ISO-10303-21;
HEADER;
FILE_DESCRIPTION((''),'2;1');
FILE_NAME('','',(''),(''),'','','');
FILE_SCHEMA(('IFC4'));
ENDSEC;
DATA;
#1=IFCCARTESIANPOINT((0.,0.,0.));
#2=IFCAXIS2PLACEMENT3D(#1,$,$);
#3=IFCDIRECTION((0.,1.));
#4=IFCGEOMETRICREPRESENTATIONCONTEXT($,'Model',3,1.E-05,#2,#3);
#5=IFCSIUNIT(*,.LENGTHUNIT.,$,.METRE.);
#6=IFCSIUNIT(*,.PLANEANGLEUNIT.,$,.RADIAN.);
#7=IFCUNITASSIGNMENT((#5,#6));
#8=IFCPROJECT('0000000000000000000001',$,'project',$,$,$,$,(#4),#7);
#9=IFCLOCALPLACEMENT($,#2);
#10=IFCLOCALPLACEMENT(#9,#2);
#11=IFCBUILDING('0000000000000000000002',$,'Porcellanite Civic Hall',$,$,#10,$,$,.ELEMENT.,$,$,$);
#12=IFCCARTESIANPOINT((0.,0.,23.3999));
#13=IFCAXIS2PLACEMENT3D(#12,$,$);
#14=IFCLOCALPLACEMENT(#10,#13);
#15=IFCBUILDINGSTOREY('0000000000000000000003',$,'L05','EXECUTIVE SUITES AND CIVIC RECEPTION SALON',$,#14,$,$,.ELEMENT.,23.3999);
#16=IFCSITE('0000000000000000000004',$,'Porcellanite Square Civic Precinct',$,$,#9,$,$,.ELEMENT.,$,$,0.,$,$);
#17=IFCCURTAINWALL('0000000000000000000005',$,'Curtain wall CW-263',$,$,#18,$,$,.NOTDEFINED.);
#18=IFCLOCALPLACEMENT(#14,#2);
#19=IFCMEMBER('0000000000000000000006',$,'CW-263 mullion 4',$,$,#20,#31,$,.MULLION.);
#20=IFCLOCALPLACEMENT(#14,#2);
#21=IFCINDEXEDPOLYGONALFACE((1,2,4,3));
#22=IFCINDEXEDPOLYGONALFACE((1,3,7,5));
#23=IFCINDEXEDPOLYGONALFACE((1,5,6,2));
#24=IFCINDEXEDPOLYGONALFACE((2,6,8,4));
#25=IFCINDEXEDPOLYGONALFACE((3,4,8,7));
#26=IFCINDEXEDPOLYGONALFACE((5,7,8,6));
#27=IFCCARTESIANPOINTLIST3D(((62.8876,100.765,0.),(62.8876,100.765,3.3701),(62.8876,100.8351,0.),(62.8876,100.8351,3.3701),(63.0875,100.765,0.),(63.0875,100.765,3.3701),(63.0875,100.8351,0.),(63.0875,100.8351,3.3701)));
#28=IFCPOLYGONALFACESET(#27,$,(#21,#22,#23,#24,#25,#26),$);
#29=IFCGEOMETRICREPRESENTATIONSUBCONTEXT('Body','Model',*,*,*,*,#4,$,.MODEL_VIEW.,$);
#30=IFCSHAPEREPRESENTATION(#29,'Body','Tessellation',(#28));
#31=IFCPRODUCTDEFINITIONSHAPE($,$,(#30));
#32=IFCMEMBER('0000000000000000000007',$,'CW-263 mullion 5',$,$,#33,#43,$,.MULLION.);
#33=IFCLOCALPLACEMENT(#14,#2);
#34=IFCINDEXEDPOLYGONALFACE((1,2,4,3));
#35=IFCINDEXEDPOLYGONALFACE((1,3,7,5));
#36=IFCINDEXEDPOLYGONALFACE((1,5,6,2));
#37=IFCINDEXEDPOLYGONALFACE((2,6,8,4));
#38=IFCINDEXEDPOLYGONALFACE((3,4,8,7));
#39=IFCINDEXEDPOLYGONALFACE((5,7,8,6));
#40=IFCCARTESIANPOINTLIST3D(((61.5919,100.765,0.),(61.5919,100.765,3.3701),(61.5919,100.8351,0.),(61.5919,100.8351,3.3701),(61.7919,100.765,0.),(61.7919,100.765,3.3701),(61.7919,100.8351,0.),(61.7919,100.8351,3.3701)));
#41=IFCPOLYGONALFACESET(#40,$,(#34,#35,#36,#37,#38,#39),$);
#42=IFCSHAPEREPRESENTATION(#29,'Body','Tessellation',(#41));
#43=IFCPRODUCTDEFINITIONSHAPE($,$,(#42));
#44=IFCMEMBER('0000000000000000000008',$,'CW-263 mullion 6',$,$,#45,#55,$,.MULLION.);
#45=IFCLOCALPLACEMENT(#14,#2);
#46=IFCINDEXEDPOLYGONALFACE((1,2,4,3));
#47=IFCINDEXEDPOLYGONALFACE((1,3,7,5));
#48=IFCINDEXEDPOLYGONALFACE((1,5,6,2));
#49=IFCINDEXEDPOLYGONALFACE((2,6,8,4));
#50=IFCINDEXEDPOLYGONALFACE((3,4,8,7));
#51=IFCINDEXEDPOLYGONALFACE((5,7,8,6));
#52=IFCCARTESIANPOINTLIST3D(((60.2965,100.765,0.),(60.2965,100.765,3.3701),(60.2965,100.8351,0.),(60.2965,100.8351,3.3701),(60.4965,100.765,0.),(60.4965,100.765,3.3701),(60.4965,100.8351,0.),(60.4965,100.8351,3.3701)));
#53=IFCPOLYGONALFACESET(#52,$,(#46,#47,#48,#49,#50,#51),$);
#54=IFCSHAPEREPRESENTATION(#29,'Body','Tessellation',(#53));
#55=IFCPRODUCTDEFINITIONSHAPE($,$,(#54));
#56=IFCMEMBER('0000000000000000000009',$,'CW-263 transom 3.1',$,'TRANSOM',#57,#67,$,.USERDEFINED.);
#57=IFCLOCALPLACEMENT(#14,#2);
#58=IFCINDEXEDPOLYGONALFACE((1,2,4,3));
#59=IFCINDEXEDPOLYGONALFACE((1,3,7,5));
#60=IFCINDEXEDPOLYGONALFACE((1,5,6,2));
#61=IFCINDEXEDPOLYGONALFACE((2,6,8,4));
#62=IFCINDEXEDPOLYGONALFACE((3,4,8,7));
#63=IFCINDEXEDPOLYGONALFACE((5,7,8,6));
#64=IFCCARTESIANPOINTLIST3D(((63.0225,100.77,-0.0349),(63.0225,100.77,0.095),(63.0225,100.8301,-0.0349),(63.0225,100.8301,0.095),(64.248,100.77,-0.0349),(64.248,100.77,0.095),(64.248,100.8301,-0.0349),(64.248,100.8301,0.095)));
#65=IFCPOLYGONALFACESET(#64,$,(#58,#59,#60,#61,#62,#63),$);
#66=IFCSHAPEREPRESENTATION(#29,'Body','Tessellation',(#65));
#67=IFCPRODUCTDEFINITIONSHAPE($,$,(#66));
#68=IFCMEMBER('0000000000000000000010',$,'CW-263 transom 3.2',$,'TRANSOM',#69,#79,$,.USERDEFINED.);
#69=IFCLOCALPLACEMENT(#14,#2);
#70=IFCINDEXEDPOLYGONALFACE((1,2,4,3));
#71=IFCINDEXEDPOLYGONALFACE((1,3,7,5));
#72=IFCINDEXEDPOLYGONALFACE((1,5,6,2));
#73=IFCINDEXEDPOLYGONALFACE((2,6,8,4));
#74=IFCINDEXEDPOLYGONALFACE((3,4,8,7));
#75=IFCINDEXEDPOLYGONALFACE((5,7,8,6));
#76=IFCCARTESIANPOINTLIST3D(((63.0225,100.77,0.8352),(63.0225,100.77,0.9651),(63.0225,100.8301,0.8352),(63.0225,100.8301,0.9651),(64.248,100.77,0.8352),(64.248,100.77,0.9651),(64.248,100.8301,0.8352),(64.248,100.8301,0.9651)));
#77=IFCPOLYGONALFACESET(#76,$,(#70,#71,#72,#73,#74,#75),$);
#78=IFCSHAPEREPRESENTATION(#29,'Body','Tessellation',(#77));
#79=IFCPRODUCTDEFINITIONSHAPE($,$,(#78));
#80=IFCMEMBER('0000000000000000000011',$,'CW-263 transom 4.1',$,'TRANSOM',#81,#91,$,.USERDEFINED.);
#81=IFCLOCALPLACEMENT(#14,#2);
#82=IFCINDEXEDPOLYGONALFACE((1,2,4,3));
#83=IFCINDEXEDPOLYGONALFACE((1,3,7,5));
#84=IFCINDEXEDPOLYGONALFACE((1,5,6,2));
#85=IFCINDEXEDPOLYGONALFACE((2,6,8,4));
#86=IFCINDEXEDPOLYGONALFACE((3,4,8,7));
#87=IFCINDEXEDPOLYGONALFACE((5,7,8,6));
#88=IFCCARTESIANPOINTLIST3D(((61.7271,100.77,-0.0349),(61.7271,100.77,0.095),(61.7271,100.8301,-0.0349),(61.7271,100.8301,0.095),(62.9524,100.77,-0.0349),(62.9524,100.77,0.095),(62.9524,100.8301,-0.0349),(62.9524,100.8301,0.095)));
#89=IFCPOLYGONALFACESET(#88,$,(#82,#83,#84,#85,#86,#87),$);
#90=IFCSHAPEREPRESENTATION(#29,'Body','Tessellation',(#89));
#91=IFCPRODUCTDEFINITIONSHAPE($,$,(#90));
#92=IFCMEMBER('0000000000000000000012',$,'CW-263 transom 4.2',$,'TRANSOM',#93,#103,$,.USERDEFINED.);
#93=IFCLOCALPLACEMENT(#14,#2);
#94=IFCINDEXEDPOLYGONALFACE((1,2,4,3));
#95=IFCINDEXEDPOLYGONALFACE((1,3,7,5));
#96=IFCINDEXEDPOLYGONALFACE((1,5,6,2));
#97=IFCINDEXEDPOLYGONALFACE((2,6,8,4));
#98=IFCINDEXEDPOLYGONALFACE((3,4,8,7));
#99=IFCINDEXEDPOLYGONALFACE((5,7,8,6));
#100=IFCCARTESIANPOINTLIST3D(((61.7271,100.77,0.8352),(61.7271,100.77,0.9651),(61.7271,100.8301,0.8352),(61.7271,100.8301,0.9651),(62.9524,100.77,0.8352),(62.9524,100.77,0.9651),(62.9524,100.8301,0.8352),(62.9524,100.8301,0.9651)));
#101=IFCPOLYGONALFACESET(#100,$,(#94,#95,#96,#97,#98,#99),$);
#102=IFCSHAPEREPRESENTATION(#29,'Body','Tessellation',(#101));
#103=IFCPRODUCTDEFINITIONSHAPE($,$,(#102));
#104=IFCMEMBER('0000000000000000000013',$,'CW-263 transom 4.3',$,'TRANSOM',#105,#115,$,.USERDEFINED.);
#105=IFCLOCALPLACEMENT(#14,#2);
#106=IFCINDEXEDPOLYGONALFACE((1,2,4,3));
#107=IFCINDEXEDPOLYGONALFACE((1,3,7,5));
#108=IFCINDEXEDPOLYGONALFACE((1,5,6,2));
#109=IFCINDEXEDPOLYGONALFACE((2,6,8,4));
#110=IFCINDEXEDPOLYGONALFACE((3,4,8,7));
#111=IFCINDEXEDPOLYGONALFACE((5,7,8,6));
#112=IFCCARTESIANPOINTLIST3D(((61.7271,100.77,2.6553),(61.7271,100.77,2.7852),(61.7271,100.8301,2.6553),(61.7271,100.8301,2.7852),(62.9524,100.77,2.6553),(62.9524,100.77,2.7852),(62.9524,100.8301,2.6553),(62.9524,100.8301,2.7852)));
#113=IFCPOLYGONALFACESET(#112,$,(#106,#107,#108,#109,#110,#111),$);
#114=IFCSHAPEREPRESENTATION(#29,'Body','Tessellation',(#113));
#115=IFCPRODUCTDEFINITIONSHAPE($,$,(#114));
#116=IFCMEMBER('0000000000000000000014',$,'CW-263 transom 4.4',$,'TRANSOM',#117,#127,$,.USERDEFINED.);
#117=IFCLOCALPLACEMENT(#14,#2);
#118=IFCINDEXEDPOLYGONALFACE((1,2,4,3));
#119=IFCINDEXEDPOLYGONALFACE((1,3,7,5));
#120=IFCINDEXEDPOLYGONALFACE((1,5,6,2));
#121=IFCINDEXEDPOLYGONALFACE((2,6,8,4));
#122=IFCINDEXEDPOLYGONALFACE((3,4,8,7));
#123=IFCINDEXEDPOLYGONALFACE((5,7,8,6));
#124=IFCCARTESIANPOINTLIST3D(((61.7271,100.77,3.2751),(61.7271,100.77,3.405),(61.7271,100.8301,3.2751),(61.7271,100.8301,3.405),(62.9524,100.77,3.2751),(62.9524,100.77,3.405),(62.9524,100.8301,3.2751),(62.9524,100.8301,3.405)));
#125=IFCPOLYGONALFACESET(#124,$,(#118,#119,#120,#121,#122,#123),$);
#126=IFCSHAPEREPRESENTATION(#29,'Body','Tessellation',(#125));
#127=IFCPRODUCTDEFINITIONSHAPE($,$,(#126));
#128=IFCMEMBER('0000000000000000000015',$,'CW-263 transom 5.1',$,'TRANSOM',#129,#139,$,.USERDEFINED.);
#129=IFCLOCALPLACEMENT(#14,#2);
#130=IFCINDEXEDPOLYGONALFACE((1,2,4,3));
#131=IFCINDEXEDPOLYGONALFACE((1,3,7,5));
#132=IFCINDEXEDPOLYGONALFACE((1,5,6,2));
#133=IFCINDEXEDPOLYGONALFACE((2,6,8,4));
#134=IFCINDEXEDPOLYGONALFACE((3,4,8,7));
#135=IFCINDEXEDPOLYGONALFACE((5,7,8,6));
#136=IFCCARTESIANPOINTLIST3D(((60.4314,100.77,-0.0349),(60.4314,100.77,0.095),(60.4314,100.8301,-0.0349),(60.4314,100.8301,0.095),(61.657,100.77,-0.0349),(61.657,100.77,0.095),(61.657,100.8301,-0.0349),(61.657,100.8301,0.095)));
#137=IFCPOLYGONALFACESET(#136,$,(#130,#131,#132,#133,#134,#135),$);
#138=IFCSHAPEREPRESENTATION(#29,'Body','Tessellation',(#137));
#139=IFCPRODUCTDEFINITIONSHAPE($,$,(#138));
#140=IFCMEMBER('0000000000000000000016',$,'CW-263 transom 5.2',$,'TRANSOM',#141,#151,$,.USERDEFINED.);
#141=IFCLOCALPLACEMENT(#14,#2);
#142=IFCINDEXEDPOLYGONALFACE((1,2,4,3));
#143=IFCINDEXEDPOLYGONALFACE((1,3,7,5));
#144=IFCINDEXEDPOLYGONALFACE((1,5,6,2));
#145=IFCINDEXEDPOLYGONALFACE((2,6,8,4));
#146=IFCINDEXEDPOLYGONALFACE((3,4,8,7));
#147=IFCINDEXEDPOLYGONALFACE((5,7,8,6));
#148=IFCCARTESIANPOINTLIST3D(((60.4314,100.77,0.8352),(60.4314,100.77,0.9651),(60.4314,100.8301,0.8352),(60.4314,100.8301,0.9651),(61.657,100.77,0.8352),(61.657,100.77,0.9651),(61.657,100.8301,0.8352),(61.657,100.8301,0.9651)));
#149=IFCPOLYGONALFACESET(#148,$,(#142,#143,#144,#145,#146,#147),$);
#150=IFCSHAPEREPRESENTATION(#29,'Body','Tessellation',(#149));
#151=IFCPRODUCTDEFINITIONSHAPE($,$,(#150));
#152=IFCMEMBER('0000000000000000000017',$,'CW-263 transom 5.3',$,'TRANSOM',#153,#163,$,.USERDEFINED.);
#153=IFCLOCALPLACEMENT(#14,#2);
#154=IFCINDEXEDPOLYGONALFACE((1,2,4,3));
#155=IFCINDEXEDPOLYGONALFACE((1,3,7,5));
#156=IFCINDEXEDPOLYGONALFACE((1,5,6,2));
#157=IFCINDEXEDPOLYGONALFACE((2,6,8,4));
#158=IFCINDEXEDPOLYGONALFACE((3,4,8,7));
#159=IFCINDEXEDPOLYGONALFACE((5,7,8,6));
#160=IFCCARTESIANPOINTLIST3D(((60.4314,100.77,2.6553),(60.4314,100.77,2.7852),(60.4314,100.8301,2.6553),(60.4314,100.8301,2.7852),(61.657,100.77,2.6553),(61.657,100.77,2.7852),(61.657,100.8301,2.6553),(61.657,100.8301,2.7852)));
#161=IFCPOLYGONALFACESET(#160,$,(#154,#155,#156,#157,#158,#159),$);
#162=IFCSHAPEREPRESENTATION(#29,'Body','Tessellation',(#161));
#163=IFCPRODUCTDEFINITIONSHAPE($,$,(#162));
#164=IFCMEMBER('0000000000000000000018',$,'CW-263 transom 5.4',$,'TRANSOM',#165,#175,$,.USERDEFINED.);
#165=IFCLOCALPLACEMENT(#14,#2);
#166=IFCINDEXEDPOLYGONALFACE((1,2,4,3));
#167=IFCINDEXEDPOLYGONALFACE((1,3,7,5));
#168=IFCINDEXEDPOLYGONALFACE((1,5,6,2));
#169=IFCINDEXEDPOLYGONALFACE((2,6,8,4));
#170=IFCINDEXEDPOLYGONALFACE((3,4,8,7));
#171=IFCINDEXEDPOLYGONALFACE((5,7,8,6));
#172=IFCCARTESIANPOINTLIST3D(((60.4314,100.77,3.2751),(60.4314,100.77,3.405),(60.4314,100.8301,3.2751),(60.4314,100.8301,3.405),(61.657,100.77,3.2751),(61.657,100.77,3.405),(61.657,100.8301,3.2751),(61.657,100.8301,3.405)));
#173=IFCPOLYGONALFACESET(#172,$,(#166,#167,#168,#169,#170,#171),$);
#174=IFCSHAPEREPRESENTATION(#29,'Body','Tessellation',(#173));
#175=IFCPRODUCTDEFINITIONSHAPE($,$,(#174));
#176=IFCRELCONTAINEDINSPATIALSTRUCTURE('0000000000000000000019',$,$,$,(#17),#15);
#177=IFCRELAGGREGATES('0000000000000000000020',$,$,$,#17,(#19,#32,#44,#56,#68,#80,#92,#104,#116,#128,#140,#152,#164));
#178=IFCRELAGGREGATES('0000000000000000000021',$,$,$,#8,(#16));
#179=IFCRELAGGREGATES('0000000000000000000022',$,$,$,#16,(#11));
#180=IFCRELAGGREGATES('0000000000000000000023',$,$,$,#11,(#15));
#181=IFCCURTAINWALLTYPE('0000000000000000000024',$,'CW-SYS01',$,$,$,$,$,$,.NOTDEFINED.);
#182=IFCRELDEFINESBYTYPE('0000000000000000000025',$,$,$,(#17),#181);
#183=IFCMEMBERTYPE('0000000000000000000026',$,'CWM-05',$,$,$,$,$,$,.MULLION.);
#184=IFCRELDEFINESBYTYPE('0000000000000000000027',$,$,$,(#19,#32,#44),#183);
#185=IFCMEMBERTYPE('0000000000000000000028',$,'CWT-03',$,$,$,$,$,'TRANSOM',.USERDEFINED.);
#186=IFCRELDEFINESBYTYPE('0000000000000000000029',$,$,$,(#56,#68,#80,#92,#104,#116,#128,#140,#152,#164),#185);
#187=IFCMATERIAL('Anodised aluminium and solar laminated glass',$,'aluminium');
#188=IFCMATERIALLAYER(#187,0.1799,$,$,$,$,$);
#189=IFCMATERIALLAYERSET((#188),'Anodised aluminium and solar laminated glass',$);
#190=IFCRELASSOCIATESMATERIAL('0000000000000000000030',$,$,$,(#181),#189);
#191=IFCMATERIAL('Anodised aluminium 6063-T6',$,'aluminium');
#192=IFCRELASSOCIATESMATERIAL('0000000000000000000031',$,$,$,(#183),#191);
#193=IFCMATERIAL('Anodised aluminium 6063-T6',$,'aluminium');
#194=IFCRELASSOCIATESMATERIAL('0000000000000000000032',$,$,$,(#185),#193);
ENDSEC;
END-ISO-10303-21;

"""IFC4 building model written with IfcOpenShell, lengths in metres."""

from ifc_helpers import new_model, si_unit, direction, frame, origin, origin_2d, place, context, subcontext, project, spatial, rectangle, extrude, material, layer, layer_set, material_profile, profile_set, type_object, element, aggregate, save


model = new_model("IFC4")

# Units and contexts
model_context = context("Model", 3, precision=1e-05, world=origin(), true_north=direction((0.0, 1.0)))
body_context = subcontext(model_context, "Body", "Model", "MODEL_VIEW")
ifc_project = project(units=[si_unit("LENGTHUNIT", "METRE"), si_unit("PLANEANGLEUNIT", "RADIAN")], contexts=[model_context])

# Site, building, storey
site_placement = place(None, origin())
site = spatial("IfcSite", under=ifc_project, at=site_placement, Name="Porcellanite Square Civic Precinct", CompositionType="ELEMENT", RefElevation=0.0)
building_placement = place(site_placement, origin())
building = spatial("IfcBuilding", under=site, at=building_placement, Name="Porcellanite Civic Hall", CompositionType="ELEMENT")
storey_placement = place(building_placement, frame((0.0, 0.0, 23.3999)))
storey = spatial("IfcBuildingStorey", under=building, at=storey_placement, Name="L05", Description="EXECUTIVE SUITES AND CIVIC RECEPTION SALON", CompositionType="ELEMENT", Elevation=23.3999)

# Curtain wall, members
ifc_material_1 = material(Name="Anodised aluminium and solar laminated glass", Category="aluminium")
ifc_layer_1 = layer(ifc_material_1, 0.1799)
ifc_layer_set_1 = layer_set([ifc_layer_1], Name="Anodised aluminium and solar laminated glass")
curtain_wall_type = type_object("IfcCurtainWallType", Name="CW-SYS01", PredefinedType="NOTDEFINED", material=ifc_layer_set_1)
curtain_wall_placement = place(storey_placement, origin())
curtain_wall = element("IfcCurtainWall", 1, at=curtain_wall_placement, inside=storey, type_object=curtain_wall_type, Name="Curtain wall CW-263", PredefinedType="NOTDEFINED")
ifc_material_2 = material(Name="Anodised aluminium 6063-T6", Category="aluminium")
ifc_material_profile_1 = material_profile(ifc_material_2, rectangle(XDim=0.0701, YDim=0.2, at=origin_2d()), Name="AL-70x200")
ifc_profile_set_1 = profile_set([ifc_material_profile_1], Name="Anodised aluminium 6063-T6")
member_type_1 = type_object("IfcMemberType", Name="CWM-05", PredefinedType="MULLION", material=ifc_profile_set_1)
member_1_placement = place(storey_placement, frame((62.9875, 100.8, 0.0), z_axis=(0.0, 0.0, 1.0), x_axis=(0.0, -1.0, 0.0)))
member_1 = element("IfcMember", 2, at=member_1_placement, type_object=member_type_1, Name="CW-263 mullion 4", PredefinedType="MULLION", context=body_context, shape_type="SweptSolid", body=[
    extrude(rectangle(XDim=0.0701, YDim=0.2, at=origin_2d()), origin(), (0.0, 0.0, 1.0), 3.3701),
])
member_2_placement = place(storey_placement, frame((61.6919, 100.8, 0.0), z_axis=(0.0, 0.0, 1.0), x_axis=(0.0, -1.0, 0.0)))
member_2 = element("IfcMember", 3, at=member_2_placement, type_object=member_type_1, Name="CW-263 mullion 5", PredefinedType="MULLION", context=body_context, shape_type="SweptSolid", body=[
    extrude(rectangle(XDim=0.0701, YDim=0.2, at=origin_2d()), origin(), (0.0, 0.0, 1.0), 3.3701),
])
member_3_placement = place(storey_placement, frame((60.3965, 100.8, 0.0), z_axis=(0.0, 0.0, 1.0), x_axis=(0.0, -1.0, 0.0)))
member_3 = element("IfcMember", 4, at=member_3_placement, type_object=member_type_1, Name="CW-263 mullion 6", PredefinedType="MULLION", context=body_context, shape_type="SweptSolid", body=[
    extrude(rectangle(XDim=0.0701, YDim=0.2, at=origin_2d()), origin(), (0.0, 0.0, 1.0), 3.3701),
])
ifc_material_3 = material(Name="Anodised aluminium 6063-T6", Category="aluminium")
ifc_material_profile_2 = material_profile(ifc_material_3, rectangle(XDim=0.0601, YDim=0.1299, at=origin_2d()), Name="AL-60x130")
ifc_profile_set_2 = profile_set([ifc_material_profile_2], Name="Anodised aluminium 6063-T6")
member_type_2 = type_object("IfcMemberType", Name="CWT-03", ElementType="TRANSOM", PredefinedType="USERDEFINED", material=ifc_profile_set_2)
member_4_placement = place(storey_placement, frame((64.248, 100.8, 0.03), z_axis=(-1.0, 0.0, 0.0), x_axis=(0.0, -1.0, 0.0)))
member_4 = element("IfcMember", 5, at=member_4_placement, type_object=member_type_2, Name="CW-263 transom 3.1", ObjectType="TRANSOM", PredefinedType="USERDEFINED", context=body_context, shape_type="SweptSolid", body=[
    extrude(rectangle(XDim=0.0601, YDim=0.1299, at=origin_2d()), origin(), (0.0, 0.0, 1.0), 1.2256),
])
member_5_placement = place(storey_placement, frame((64.248, 100.8, 0.9001), z_axis=(-1.0, 0.0, 0.0), x_axis=(0.0, -1.0, 0.0)))
member_5 = element("IfcMember", 6, at=member_5_placement, type_object=member_type_2, Name="CW-263 transom 3.2", ObjectType="TRANSOM", PredefinedType="USERDEFINED", context=body_context, shape_type="SweptSolid", body=[
    extrude(rectangle(XDim=0.0601, YDim=0.1299, at=origin_2d()), origin(), (0.0, 0.0, 1.0), 1.2256),
])
member_6_placement = place(storey_placement, frame((62.9524, 100.8, 0.03), z_axis=(-1.0, 0.0, 0.0), x_axis=(0.0, -1.0, 0.0)))
member_6 = element("IfcMember", 7, at=member_6_placement, type_object=member_type_2, Name="CW-263 transom 4.1", ObjectType="TRANSOM", PredefinedType="USERDEFINED", context=body_context, shape_type="SweptSolid", body=[
    extrude(rectangle(XDim=0.0601, YDim=0.1299, at=origin_2d()), origin(), (0.0, 0.0, 1.0), 1.2253),
])
member_7_placement = place(storey_placement, frame((62.9524, 100.8, 0.9001), z_axis=(-1.0, 0.0, 0.0), x_axis=(0.0, -1.0, 0.0)))
member_7 = element("IfcMember", 8, at=member_7_placement, type_object=member_type_2, Name="CW-263 transom 4.2", ObjectType="TRANSOM", PredefinedType="USERDEFINED", context=body_context, shape_type="SweptSolid", body=[
    extrude(rectangle(XDim=0.0601, YDim=0.1299, at=origin_2d()), origin(), (0.0, 0.0, 1.0), 1.2253),
])
member_8_placement = place(storey_placement, frame((62.9524, 100.8, 2.7202), z_axis=(-1.0, 0.0, 0.0), x_axis=(0.0, -1.0, 0.0)))
member_8 = element("IfcMember", 9, at=member_8_placement, type_object=member_type_2, Name="CW-263 transom 4.3", ObjectType="TRANSOM", PredefinedType="USERDEFINED", context=body_context, shape_type="SweptSolid", body=[
    extrude(rectangle(XDim=0.0601, YDim=0.1299, at=origin_2d()), origin(), (0.0, 0.0, 1.0), 1.2253),
])
member_9_placement = place(storey_placement, frame((62.9524, 100.8, 3.3401), z_axis=(-1.0, 0.0, 0.0), x_axis=(0.0, -1.0, 0.0)))
member_9 = element("IfcMember", 10, at=member_9_placement, type_object=member_type_2, Name="CW-263 transom 4.4", ObjectType="TRANSOM", PredefinedType="USERDEFINED", context=body_context, shape_type="SweptSolid", body=[
    extrude(rectangle(XDim=0.0601, YDim=0.1299, at=origin_2d()), origin(), (0.0, 0.0, 1.0), 1.2253),
])
member_10_placement = place(storey_placement, frame((61.657, 100.8, 0.03), z_axis=(-1.0, 0.0, 0.0), x_axis=(0.0, -1.0, 0.0)))
member_10 = element("IfcMember", 11, at=member_10_placement, type_object=member_type_2, Name="CW-263 transom 5.1", ObjectType="TRANSOM", PredefinedType="USERDEFINED", context=body_context, shape_type="SweptSolid", body=[
    extrude(rectangle(XDim=0.0601, YDim=0.1299, at=origin_2d()), origin(), (0.0, 0.0, 1.0), 1.2256),
])
member_11_placement = place(storey_placement, frame((61.657, 100.8, 0.9001), z_axis=(-1.0, 0.0, 0.0), x_axis=(0.0, -1.0, 0.0)))
member_11 = element("IfcMember", 12, at=member_11_placement, type_object=member_type_2, Name="CW-263 transom 5.2", ObjectType="TRANSOM", PredefinedType="USERDEFINED", context=body_context, shape_type="SweptSolid", body=[
    extrude(rectangle(XDim=0.0601, YDim=0.1299, at=origin_2d()), origin(), (0.0, 0.0, 1.0), 1.2256),
])
member_12_placement = place(storey_placement, frame((61.657, 100.8, 2.7202), z_axis=(-1.0, 0.0, 0.0), x_axis=(0.0, -1.0, 0.0)))
member_12 = element("IfcMember", 13, at=member_12_placement, type_object=member_type_2, Name="CW-263 transom 5.3", ObjectType="TRANSOM", PredefinedType="USERDEFINED", context=body_context, shape_type="SweptSolid", body=[
    extrude(rectangle(XDim=0.0601, YDim=0.1299, at=origin_2d()), origin(), (0.0, 0.0, 1.0), 1.2256),
])
member_13_placement = place(storey_placement, frame((61.657, 100.8, 3.3401), z_axis=(-1.0, 0.0, 0.0), x_axis=(0.0, -1.0, 0.0)))
member_13 = element("IfcMember", 14, at=member_13_placement, type_object=member_type_2, Name="CW-263 transom 5.4", ObjectType="TRANSOM", PredefinedType="USERDEFINED", context=body_context, shape_type="SweptSolid", body=[
    extrude(rectangle(XDim=0.0601, YDim=0.1299, at=origin_2d()), origin(), (0.0, 0.0, 1.0), 1.2256),
])

aggregate(curtain_wall, [member_1, member_2, member_3, member_4, member_5, member_6, member_7, member_8, member_9, member_10, member_11, member_12, member_13])

save(model, "model.ifc")
